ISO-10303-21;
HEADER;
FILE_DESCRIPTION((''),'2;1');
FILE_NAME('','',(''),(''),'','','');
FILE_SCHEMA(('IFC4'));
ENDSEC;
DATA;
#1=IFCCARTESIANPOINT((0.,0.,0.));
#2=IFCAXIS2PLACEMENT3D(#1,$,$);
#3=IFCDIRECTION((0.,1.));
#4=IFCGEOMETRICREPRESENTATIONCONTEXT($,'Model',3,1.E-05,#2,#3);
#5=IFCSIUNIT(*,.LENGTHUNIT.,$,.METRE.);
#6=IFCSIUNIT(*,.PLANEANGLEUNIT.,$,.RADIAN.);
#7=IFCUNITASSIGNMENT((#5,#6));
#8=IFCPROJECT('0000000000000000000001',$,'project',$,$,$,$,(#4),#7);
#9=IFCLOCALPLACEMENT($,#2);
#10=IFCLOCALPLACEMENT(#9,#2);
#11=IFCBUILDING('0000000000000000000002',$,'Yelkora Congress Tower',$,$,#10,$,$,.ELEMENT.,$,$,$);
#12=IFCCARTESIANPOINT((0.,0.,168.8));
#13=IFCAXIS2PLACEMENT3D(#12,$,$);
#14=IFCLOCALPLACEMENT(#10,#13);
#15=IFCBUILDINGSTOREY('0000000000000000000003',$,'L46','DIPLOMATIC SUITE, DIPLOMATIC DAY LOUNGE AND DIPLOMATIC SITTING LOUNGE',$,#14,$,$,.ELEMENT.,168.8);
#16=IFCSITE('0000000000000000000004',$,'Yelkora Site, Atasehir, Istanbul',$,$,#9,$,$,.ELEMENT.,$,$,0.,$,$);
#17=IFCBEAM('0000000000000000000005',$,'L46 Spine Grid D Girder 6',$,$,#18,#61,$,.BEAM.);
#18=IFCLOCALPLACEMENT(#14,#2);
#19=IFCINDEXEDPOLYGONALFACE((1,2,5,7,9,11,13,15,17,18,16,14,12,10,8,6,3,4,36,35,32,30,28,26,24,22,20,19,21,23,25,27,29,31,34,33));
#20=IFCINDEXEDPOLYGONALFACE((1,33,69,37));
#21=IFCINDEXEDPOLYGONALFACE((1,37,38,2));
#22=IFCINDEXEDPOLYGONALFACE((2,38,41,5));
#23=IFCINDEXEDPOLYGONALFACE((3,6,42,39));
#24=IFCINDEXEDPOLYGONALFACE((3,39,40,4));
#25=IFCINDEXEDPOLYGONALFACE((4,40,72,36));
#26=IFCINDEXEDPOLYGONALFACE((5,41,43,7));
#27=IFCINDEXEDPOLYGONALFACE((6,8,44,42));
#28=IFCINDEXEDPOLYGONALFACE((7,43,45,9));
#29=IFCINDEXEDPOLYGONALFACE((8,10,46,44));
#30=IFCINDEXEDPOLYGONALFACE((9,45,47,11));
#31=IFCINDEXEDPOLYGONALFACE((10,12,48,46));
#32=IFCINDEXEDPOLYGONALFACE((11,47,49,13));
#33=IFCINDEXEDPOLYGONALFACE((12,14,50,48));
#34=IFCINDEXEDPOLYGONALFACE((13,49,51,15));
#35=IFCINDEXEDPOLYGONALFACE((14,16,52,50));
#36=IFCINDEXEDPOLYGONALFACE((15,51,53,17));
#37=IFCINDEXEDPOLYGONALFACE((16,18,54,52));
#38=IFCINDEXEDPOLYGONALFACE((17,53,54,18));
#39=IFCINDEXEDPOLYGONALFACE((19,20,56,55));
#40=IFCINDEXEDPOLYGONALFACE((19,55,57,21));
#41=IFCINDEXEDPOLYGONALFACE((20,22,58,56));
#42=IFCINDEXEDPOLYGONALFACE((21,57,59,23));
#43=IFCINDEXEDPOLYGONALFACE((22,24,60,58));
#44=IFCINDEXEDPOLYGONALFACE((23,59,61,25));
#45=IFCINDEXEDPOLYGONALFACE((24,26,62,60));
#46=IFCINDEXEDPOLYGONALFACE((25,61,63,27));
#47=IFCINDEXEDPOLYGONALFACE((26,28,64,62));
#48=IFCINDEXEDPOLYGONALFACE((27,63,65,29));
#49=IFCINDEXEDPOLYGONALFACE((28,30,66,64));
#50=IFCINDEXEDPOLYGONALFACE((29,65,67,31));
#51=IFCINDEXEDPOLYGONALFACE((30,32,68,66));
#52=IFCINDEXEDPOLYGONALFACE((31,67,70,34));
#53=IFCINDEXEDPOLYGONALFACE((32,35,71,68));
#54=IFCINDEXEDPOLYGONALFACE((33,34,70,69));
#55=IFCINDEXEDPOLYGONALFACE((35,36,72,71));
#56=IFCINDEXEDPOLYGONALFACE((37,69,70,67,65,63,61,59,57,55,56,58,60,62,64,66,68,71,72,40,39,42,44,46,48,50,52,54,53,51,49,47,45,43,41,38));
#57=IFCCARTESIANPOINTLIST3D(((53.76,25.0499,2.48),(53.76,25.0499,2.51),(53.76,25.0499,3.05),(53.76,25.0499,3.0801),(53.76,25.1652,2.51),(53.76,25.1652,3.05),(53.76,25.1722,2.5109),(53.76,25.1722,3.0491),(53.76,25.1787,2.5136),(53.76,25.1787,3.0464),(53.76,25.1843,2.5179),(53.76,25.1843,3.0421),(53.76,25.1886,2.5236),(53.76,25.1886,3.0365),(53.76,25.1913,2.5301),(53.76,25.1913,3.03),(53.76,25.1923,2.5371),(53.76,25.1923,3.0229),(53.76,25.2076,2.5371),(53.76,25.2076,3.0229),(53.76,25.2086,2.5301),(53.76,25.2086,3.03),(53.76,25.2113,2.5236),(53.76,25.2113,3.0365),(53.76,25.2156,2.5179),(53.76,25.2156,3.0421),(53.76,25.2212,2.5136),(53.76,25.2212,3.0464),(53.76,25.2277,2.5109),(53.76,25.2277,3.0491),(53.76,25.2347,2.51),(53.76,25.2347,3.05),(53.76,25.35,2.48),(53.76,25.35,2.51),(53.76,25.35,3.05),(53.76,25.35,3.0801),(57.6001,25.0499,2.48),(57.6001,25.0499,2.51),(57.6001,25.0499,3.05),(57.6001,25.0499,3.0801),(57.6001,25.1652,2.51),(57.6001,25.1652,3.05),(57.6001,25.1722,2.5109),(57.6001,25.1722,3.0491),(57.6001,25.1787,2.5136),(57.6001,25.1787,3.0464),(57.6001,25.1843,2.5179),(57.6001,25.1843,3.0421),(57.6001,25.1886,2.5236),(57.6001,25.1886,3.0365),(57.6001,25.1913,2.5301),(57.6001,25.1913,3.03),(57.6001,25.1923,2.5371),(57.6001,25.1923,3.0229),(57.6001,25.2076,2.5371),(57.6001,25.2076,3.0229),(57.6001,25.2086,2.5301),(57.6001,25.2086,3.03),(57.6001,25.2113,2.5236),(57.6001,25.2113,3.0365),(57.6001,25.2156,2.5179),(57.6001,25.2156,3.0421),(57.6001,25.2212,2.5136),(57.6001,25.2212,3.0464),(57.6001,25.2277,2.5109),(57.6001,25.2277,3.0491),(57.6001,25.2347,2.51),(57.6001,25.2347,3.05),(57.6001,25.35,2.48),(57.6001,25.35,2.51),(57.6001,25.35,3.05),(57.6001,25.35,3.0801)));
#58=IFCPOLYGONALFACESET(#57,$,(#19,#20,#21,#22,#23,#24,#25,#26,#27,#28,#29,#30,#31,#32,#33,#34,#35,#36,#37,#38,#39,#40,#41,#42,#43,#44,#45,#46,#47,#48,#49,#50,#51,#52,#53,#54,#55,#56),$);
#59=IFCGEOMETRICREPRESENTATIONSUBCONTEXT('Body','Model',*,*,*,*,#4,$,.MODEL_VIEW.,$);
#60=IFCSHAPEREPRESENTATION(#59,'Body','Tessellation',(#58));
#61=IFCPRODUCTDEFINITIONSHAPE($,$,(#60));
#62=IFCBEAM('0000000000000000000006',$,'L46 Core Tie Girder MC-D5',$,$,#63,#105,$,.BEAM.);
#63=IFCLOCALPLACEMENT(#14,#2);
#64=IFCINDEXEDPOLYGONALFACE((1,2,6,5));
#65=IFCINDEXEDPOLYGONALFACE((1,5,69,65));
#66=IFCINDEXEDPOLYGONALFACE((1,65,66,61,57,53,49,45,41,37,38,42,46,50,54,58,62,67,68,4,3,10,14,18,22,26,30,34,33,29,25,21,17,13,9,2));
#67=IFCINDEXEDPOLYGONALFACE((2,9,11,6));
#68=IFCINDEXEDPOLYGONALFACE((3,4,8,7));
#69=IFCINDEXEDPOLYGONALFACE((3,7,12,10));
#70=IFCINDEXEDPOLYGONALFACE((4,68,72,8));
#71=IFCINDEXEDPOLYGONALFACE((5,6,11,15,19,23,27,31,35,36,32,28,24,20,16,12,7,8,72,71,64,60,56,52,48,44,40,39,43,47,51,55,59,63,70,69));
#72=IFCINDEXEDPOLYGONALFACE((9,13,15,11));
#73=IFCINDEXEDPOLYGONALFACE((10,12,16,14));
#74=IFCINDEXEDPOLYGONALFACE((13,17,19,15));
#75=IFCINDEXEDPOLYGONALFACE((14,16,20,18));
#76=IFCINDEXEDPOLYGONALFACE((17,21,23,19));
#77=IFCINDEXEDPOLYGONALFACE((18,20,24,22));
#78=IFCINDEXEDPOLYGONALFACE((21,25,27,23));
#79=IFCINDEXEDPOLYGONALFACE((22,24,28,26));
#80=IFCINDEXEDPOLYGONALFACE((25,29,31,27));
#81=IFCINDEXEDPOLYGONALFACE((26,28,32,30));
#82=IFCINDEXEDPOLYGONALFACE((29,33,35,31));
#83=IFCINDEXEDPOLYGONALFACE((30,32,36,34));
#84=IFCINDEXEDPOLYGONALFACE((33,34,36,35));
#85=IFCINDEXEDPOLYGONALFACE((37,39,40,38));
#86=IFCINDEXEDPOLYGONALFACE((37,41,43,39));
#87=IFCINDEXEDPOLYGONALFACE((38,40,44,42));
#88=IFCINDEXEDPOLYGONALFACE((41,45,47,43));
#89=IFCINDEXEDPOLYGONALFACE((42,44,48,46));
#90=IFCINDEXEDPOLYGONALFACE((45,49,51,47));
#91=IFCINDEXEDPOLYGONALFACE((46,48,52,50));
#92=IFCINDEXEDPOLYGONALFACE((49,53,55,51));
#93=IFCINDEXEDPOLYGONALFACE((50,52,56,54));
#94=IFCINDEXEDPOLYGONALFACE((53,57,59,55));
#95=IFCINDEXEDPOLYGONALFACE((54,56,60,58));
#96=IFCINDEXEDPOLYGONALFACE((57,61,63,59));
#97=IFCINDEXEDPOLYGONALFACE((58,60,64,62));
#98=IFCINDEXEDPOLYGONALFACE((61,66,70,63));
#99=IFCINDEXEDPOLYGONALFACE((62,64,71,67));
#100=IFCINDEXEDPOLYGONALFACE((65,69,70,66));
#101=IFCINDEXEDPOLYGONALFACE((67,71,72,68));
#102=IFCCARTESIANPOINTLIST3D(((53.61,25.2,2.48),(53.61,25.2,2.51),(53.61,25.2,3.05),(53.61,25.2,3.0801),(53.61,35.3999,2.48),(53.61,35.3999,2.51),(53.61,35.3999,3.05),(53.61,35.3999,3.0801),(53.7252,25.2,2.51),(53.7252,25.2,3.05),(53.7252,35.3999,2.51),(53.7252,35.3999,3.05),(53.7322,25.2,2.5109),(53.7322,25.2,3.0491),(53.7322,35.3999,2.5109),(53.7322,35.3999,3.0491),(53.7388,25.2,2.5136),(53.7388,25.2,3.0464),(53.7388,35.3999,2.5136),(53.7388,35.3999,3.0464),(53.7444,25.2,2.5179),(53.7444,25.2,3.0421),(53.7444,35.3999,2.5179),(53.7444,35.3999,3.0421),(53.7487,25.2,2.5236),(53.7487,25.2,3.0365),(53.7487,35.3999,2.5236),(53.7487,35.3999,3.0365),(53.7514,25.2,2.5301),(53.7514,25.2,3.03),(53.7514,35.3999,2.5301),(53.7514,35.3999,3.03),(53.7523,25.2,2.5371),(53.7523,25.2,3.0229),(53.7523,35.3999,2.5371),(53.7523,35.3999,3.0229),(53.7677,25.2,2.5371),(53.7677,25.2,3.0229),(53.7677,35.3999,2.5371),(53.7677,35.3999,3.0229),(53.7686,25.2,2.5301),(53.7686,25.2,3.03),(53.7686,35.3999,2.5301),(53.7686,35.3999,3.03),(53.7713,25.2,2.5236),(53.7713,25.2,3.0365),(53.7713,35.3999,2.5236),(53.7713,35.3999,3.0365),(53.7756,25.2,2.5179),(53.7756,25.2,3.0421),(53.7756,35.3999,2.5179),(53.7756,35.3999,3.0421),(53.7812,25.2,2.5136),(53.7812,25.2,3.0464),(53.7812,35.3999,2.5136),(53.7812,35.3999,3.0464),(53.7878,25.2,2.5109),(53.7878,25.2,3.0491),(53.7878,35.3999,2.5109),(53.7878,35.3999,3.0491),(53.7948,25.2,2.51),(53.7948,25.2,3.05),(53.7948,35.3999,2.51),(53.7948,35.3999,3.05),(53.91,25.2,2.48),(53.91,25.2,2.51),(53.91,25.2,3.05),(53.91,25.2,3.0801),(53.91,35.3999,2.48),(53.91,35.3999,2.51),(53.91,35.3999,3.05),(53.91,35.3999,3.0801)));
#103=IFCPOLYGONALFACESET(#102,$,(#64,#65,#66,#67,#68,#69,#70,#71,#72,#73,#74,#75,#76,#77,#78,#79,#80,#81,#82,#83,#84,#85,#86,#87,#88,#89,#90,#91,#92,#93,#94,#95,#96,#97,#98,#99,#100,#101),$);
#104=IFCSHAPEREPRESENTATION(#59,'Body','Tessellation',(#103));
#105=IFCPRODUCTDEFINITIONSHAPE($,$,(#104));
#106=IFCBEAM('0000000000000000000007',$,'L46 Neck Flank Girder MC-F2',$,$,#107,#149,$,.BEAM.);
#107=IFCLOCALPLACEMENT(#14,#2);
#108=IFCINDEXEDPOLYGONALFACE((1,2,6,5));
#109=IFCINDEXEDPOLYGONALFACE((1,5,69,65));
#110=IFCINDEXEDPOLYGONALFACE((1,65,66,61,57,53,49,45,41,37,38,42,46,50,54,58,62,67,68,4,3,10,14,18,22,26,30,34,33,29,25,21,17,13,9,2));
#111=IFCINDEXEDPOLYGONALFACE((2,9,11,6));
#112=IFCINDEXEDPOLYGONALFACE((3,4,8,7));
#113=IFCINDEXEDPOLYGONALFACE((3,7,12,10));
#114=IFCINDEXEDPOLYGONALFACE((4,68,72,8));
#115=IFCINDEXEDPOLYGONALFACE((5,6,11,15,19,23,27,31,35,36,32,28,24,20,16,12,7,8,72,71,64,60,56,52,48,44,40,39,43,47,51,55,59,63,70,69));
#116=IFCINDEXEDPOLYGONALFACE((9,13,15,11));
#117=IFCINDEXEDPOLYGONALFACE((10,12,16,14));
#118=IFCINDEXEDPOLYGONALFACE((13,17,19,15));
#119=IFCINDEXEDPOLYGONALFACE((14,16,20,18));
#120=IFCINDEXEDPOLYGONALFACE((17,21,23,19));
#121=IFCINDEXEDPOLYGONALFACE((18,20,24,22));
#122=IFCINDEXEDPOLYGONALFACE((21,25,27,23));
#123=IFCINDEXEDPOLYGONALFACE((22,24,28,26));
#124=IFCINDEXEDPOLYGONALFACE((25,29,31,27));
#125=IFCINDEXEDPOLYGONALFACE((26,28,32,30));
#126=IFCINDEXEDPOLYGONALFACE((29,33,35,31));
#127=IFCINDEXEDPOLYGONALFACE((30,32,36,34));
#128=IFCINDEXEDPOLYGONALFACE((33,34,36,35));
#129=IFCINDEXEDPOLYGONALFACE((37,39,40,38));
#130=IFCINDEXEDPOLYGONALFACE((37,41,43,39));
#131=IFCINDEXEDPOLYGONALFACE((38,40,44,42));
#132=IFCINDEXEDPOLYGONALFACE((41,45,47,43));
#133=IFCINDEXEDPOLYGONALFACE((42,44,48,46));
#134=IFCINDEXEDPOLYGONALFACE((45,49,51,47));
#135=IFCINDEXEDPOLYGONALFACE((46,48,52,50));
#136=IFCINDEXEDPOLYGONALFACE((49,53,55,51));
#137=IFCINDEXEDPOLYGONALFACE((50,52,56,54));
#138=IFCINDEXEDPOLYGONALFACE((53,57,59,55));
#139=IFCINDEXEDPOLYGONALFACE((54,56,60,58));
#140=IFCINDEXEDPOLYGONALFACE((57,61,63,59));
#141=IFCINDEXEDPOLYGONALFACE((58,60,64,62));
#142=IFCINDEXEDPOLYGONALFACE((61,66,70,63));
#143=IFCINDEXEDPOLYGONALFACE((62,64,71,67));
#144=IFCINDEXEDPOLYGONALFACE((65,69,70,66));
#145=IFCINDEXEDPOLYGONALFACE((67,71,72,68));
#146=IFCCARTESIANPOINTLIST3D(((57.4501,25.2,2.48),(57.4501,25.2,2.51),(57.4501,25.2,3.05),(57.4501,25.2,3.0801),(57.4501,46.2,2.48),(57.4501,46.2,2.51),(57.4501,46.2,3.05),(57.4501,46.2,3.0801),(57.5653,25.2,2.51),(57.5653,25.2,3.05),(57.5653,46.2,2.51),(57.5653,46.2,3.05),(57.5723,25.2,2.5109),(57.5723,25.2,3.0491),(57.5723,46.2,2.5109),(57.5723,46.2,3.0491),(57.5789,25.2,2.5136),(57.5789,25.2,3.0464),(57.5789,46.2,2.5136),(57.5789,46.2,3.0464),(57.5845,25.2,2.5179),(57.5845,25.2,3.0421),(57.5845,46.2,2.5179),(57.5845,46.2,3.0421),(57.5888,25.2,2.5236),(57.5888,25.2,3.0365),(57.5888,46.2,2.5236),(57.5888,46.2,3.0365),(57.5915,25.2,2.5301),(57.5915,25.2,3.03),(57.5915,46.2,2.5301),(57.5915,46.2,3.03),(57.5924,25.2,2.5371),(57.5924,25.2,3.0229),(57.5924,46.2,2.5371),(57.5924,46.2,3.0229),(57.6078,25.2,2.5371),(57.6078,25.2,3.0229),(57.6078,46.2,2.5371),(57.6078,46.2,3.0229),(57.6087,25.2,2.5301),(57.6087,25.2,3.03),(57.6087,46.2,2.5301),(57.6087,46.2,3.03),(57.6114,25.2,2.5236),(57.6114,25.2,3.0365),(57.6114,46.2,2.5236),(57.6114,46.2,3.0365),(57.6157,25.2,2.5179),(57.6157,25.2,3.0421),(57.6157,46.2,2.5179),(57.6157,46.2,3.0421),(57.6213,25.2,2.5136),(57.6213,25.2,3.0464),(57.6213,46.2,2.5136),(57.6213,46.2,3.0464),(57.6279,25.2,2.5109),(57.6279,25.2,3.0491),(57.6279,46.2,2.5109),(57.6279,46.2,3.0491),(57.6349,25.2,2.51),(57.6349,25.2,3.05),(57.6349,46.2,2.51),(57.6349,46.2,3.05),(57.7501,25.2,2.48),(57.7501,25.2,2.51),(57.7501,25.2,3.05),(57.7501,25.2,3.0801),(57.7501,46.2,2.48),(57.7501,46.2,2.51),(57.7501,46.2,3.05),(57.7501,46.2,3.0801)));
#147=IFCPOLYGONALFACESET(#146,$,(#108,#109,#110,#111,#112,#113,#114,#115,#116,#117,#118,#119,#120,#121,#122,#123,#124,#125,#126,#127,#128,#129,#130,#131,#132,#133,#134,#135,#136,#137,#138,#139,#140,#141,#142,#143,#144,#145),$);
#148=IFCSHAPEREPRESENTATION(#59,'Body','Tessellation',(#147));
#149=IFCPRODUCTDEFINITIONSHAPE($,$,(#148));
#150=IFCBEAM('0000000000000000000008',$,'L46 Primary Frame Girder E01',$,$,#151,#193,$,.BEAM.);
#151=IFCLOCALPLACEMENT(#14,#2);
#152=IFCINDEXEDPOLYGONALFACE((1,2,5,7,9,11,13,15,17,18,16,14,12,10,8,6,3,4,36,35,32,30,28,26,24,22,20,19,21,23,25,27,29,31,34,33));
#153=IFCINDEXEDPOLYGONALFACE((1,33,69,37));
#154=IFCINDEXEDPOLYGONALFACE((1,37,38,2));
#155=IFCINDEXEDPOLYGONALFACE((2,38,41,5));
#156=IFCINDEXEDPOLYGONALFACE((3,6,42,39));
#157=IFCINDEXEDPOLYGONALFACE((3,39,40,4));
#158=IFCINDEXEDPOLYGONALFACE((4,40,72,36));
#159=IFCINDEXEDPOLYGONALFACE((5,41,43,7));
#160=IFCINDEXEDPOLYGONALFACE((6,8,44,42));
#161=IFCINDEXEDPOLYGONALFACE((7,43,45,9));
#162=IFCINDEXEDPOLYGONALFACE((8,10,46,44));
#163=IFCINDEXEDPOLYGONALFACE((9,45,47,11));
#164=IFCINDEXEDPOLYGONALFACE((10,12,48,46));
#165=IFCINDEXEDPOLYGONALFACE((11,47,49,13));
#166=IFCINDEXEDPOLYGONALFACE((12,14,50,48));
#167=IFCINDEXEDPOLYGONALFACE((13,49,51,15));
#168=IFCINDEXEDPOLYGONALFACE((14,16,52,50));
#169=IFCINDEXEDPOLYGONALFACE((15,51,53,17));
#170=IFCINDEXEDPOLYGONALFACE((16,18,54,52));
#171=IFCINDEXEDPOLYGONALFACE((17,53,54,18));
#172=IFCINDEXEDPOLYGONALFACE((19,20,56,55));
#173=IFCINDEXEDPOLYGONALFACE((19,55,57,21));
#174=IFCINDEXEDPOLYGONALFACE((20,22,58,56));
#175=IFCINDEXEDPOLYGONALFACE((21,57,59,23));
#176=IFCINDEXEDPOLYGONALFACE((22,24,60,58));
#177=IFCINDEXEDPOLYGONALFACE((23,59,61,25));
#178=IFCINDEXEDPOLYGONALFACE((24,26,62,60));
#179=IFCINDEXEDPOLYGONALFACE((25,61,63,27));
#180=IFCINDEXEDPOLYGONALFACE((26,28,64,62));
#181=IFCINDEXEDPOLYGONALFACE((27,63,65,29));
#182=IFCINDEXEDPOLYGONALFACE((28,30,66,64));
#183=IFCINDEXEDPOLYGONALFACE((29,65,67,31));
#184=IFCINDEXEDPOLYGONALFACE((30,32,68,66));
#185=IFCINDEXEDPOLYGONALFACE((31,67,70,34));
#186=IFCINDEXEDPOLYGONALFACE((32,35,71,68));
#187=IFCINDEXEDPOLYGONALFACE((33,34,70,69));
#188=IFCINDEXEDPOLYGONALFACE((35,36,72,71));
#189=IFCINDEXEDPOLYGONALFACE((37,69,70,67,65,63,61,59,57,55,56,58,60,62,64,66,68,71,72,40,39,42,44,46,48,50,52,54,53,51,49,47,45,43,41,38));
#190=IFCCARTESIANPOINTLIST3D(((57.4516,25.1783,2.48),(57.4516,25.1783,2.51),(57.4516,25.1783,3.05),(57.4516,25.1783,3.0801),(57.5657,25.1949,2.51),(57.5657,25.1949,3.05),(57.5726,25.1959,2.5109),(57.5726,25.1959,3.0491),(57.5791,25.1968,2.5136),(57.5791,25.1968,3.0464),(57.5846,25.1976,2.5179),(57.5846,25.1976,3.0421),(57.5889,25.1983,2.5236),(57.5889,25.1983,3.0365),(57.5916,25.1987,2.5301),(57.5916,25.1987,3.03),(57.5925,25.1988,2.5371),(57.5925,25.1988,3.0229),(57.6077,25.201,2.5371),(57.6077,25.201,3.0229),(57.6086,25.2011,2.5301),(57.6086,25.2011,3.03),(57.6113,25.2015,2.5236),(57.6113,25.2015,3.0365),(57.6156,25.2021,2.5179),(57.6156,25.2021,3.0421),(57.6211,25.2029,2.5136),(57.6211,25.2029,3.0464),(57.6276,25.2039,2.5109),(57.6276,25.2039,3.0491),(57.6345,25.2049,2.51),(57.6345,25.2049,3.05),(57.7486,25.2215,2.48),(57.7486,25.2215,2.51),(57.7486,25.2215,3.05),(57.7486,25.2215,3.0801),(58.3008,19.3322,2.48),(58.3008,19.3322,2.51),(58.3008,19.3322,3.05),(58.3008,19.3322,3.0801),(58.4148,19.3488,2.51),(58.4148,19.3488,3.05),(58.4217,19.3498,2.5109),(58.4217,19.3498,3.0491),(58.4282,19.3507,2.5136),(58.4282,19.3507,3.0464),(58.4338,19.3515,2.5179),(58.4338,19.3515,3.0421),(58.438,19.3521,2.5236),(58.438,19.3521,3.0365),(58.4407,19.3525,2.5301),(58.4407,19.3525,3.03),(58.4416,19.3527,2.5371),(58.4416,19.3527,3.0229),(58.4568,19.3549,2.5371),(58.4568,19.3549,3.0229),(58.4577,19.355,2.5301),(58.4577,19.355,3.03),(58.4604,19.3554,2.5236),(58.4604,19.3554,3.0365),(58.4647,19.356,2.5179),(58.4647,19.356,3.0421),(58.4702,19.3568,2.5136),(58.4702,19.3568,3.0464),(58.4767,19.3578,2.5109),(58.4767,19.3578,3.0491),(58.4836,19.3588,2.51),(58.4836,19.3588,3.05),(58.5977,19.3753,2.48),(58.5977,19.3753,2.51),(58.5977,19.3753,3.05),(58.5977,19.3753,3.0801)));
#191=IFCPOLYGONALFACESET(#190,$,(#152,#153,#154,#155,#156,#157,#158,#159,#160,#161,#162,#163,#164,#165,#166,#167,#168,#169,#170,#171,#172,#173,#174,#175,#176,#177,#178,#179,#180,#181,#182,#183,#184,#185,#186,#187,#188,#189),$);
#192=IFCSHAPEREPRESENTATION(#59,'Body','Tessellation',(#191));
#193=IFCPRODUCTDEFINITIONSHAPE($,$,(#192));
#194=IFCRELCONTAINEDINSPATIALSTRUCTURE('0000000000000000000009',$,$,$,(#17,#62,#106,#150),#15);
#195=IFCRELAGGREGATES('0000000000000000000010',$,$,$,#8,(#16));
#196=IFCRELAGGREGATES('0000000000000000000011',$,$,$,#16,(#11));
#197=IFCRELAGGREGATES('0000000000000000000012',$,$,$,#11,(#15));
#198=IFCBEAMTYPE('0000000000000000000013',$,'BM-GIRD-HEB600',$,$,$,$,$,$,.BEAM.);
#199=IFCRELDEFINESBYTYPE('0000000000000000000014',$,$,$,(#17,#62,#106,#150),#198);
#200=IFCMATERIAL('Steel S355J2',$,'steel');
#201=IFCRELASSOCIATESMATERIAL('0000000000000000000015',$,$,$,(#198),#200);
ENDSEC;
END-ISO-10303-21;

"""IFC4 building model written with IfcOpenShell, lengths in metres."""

from ifc_helpers import new_model, si_unit, direction, frame, origin, origin_2d, place, context, subcontext, project, spatial, i_section, extrude, material, material_profile, profile_set, type_object, element, save


model = new_model("IFC4")

# Units and contexts
model_context = context("Model", 3, precision=1e-05, world=origin(), true_north=direction((0.0, 1.0)))
body_context = subcontext(model_context, "Body", "Model", "MODEL_VIEW")
ifc_project = project(units=[si_unit("LENGTHUNIT", "METRE"), si_unit("PLANEANGLEUNIT", "RADIAN")], contexts=[model_context])

# Site, building, storey
site_placement = place(None, origin())
site = spatial("IfcSite", under=ifc_project, at=site_placement, Name="Yelkora Site, Atasehir, Istanbul", CompositionType="ELEMENT", RefElevation=0.0)
building_placement = place(site_placement, origin())
building = spatial("IfcBuilding", under=site, at=building_placement, Name="Yelkora Congress Tower", CompositionType="ELEMENT")
storey_placement = place(building_placement, frame((0.0, 0.0, 168.8)))
storey = spatial("IfcBuildingStorey", under=building, at=storey_placement, Name="L46", Description="DIPLOMATIC SUITE, DIPLOMATIC DAY LOUNGE AND DIPLOMATIC SITTING LOUNGE", CompositionType="ELEMENT", Elevation=168.8)

# Beams
ifc_material_1 = material(Name="Steel S355J2", Category="steel")
ifc_material_profile_1 = material_profile(ifc_material_1, i_section(OverallWidth=0.3, OverallDepth=0.6001, WebThickness=0.0154, FlangeThickness=0.03, FilletRadius=0.0271, at=origin_2d()), Name="HEB 600")
ifc_profile_set_1 = profile_set([ifc_material_profile_1], Name="Steel S355J2")
beam_type_1 = type_object("IfcBeamType", Name="BM-GIRD-HEB600", PredefinedType="BEAM", material=ifc_profile_set_1)
beam_1_placement = place(storey_placement, frame((53.76, 25.2, 2.78), z_axis=(1.0, 0.0, 0.0), x_axis=(0.0, 1.0, 0.0)))
element("IfcBeam", 1, at=beam_1_placement, inside=storey, type_object=beam_type_1, Name="L46 Spine Grid D Girder 6", PredefinedType="BEAM", context=body_context, shape_type="SweptSolid", body=[
    extrude(i_section(OverallWidth=0.3, OverallDepth=0.6001, WebThickness=0.0154, FlangeThickness=0.03, FilletRadius=0.0271, at=origin_2d()), origin(), (0.0, 0.0, 1.0), 3.8401),
])
beam_2_placement = place(storey_placement, frame((53.76, 25.2, 2.78), z_axis=(0.0, 1.0, 0.0), x_axis=(-1.0, 0.0, 0.0)))
element("IfcBeam", 2, at=beam_2_placement, inside=storey, type_object=beam_type_1, Name="L46 Core Tie Girder MC-D5", PredefinedType="BEAM", context=body_context, shape_type="SweptSolid", body=[
    extrude(i_section(OverallWidth=0.3, OverallDepth=0.6001, WebThickness=0.0154, FlangeThickness=0.03, FilletRadius=0.0271, at=origin_2d()), origin(), (0.0, 0.0, 1.0), 10.2),
])
beam_3_placement = place(storey_placement, frame((57.6001, 25.2, 2.78), z_axis=(0.0, 1.0, 0.0), x_axis=(-1.0, 0.0, 0.0)))
element("IfcBeam", 3, at=beam_3_placement, inside=storey, type_object=beam_type_1, Name="L46 Neck Flank Girder MC-F2", PredefinedType="BEAM", context=body_context, shape_type="SweptSolid", body=[
    extrude(i_section(OverallWidth=0.3, OverallDepth=0.6001, WebThickness=0.0154, FlangeThickness=0.03, FilletRadius=0.0271, at=origin_2d()), origin(), (0.0, 0.0, 1.0), 21.0),
])
beam_4_placement = place(storey_placement, frame((58.4492, 19.3538, 2.78), z_axis=(-0.143735, 0.989616, 0.0), x_axis=(-0.989616, -0.143735, 0.0)))
element("IfcBeam", 4, at=beam_4_placement, inside=storey, type_object=beam_type_1, Name="L46 Primary Frame Girder E01", PredefinedType="BEAM", context=body_context, shape_type="SweptSolid", body=[
    extrude(i_section(OverallWidth=0.3, OverallDepth=0.6001, WebThickness=0.0154, FlangeThickness=0.03, FilletRadius=0.0271, at=origin_2d()), origin(), (0.0, 0.0, 1.0), 5.9075),
])

save(model, "model.ifc")
